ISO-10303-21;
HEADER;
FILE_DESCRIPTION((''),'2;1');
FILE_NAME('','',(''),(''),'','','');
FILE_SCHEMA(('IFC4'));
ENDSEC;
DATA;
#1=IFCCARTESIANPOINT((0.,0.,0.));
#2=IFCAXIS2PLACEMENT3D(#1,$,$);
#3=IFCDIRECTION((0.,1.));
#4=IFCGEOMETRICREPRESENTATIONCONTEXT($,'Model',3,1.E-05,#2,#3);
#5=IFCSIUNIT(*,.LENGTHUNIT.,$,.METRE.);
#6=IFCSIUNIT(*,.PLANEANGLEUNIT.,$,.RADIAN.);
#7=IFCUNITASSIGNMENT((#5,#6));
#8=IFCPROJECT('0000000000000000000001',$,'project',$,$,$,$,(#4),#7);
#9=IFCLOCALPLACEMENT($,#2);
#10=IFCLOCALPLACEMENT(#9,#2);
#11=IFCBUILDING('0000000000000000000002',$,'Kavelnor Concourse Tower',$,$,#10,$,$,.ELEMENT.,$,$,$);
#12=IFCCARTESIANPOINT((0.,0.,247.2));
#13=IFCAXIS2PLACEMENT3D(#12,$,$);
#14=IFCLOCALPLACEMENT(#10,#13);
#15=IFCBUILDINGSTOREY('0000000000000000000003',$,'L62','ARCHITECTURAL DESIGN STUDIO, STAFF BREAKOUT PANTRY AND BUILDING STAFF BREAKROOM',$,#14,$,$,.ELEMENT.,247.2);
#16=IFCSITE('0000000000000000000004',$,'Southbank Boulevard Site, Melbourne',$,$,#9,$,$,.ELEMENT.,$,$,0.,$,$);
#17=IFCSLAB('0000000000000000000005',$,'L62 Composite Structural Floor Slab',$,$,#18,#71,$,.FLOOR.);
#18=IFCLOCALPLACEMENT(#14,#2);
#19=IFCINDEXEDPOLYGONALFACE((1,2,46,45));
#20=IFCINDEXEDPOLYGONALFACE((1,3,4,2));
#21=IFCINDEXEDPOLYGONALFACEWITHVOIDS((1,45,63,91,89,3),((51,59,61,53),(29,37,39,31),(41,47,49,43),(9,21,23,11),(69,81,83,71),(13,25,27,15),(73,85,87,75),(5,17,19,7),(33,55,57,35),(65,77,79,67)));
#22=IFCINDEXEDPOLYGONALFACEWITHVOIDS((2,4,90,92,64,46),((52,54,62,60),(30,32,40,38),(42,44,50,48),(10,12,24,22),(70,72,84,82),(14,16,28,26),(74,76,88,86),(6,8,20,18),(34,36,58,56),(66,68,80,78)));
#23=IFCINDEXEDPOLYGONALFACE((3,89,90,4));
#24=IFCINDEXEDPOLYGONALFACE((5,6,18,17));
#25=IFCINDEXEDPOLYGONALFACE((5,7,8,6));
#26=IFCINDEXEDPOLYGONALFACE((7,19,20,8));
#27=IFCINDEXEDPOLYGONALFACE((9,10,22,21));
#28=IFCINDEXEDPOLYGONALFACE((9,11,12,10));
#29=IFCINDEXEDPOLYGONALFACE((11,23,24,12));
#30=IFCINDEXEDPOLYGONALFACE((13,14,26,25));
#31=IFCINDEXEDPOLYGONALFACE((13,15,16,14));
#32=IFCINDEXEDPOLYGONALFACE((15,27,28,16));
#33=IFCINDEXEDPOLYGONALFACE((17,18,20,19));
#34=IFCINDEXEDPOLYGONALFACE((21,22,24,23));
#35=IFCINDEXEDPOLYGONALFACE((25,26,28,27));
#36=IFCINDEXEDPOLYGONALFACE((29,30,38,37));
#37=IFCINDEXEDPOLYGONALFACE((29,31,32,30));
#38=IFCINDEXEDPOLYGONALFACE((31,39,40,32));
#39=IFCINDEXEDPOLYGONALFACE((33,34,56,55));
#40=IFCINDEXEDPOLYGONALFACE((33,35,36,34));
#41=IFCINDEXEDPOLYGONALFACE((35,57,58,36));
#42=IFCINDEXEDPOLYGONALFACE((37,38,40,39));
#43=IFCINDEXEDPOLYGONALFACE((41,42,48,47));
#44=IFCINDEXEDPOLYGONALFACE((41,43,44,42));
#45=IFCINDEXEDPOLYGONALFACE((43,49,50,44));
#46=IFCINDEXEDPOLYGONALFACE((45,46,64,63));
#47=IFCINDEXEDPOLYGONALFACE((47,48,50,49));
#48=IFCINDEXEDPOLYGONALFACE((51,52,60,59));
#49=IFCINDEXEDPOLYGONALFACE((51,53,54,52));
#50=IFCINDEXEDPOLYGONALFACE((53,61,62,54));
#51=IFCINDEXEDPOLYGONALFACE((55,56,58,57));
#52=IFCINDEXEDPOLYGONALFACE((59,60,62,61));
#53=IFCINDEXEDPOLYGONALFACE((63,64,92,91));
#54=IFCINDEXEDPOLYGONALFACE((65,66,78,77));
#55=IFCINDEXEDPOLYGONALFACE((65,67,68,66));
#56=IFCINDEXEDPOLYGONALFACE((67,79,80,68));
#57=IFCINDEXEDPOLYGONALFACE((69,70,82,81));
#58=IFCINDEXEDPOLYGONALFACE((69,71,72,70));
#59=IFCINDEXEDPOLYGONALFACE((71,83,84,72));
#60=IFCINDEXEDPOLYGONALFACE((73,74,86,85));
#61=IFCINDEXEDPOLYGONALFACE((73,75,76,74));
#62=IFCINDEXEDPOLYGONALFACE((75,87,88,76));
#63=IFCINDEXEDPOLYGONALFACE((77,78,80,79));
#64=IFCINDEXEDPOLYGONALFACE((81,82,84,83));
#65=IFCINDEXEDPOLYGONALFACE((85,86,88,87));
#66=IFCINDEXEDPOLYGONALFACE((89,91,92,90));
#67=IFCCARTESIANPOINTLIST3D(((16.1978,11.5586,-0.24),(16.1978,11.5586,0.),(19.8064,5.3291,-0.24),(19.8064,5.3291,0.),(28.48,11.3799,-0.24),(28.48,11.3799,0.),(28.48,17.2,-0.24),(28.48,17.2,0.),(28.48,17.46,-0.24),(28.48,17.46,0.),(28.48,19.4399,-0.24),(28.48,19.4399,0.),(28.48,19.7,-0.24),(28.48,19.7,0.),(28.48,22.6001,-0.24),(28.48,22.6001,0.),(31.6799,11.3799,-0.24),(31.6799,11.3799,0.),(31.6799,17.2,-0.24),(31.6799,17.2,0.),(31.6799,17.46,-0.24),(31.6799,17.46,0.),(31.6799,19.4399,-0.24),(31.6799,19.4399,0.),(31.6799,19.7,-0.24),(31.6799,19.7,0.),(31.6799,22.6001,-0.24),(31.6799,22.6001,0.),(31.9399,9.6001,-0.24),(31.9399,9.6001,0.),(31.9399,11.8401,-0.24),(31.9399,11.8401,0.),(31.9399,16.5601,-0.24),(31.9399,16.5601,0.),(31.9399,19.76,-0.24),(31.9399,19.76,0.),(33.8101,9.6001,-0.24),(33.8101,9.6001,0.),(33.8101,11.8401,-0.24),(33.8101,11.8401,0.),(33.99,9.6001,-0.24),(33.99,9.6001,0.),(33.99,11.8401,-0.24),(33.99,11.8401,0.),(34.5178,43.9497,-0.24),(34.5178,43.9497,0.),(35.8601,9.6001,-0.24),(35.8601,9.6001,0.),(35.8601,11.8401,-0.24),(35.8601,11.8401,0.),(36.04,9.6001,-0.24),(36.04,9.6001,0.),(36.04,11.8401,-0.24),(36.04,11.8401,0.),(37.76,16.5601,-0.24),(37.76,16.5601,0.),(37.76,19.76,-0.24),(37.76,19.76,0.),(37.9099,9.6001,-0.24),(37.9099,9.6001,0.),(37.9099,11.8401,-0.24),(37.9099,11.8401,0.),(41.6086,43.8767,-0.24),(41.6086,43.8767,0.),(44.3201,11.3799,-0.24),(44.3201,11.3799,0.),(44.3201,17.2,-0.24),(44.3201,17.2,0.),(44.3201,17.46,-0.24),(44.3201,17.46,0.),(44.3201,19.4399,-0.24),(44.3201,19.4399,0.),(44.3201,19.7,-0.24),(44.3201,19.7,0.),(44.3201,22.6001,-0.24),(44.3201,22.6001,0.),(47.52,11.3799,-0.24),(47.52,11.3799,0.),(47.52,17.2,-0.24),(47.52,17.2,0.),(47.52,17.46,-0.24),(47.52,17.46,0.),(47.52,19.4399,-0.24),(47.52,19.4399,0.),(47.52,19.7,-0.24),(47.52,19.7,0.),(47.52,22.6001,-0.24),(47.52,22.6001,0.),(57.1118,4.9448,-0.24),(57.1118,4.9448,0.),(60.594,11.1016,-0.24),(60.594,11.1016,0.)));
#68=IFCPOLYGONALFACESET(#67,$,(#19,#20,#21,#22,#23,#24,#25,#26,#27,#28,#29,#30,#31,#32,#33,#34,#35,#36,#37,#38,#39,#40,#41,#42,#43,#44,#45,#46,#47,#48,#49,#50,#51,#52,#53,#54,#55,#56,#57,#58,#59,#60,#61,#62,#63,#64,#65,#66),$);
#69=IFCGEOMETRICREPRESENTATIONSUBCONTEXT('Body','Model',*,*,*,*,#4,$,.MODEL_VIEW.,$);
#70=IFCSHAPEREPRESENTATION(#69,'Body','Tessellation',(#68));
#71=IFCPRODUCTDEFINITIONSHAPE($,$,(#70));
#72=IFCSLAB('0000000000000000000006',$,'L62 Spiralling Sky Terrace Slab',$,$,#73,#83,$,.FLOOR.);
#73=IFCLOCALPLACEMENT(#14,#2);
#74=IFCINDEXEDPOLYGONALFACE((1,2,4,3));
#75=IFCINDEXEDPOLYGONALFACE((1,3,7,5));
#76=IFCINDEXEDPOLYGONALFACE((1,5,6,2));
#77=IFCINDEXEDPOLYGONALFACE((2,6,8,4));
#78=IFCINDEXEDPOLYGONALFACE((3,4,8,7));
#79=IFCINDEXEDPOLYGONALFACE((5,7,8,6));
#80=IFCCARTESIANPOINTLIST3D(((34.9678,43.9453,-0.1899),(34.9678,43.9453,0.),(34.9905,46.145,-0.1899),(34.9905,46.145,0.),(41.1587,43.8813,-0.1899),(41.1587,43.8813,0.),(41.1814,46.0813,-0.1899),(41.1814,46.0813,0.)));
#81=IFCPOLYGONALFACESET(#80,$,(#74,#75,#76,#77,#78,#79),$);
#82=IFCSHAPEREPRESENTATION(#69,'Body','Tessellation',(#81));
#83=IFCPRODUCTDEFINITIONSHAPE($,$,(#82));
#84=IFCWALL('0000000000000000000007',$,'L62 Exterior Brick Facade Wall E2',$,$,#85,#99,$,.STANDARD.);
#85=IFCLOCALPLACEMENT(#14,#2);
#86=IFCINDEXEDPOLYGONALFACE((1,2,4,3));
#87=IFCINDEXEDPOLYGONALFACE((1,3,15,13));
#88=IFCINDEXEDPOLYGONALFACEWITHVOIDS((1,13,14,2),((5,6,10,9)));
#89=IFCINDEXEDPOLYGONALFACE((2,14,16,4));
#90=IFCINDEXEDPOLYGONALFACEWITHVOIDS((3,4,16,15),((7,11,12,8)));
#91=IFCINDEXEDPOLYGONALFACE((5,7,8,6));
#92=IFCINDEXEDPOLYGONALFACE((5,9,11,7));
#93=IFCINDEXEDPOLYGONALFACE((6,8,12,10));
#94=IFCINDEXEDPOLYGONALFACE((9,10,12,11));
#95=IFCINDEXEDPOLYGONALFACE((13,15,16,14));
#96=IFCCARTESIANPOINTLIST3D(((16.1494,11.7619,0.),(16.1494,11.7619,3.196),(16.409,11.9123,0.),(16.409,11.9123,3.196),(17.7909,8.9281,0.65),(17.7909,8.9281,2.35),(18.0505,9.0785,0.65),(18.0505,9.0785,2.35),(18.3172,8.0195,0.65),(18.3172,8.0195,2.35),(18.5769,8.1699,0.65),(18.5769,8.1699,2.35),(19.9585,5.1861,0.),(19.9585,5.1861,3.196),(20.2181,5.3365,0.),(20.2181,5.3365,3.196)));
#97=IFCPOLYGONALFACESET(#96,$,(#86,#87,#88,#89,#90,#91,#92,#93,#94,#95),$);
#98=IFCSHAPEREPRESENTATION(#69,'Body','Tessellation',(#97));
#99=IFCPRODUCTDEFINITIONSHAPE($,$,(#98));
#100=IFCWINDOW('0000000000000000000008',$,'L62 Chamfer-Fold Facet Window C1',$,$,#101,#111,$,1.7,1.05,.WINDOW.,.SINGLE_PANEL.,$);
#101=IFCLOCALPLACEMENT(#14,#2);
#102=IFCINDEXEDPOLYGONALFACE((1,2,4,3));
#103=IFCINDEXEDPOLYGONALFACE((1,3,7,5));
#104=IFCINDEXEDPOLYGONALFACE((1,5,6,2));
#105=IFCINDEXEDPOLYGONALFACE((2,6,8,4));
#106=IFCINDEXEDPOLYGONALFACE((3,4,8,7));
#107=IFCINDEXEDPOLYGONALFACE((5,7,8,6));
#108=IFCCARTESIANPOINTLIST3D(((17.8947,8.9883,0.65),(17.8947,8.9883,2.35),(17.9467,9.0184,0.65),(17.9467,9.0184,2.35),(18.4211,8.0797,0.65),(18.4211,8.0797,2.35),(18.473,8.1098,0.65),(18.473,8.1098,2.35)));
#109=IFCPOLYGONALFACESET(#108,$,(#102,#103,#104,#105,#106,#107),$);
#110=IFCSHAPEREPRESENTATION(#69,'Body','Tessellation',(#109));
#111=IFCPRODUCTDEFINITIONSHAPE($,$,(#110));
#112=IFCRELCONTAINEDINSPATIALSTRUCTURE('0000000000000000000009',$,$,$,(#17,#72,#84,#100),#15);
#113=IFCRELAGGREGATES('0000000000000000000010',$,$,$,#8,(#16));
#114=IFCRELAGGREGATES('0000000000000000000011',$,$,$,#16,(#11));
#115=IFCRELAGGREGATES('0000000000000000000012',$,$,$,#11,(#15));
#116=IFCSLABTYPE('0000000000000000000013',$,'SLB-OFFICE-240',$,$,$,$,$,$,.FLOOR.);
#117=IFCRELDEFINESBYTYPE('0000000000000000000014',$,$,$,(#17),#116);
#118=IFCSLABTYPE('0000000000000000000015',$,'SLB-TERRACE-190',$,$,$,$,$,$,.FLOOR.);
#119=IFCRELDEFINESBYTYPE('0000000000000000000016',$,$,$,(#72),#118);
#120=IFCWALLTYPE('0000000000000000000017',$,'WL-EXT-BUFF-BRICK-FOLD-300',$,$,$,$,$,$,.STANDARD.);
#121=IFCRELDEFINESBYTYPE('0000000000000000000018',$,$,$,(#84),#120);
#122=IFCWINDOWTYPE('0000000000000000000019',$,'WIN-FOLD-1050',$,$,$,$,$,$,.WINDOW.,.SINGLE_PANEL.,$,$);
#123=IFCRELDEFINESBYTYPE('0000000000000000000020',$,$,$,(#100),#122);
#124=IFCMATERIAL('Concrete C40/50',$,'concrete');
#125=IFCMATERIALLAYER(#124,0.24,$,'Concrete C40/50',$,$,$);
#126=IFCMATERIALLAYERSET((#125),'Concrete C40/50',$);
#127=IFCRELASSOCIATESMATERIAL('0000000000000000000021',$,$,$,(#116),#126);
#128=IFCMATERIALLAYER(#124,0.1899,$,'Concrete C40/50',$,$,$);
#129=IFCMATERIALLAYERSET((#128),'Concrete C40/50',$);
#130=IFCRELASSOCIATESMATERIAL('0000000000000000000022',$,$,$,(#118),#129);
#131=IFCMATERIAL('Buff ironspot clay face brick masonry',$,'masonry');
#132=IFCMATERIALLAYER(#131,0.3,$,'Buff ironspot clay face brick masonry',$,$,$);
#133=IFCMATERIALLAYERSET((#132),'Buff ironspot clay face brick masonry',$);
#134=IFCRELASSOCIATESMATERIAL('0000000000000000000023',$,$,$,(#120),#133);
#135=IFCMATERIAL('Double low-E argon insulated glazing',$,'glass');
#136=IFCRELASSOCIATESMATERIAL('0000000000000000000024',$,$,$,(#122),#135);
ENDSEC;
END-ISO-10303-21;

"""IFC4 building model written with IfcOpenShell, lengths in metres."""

from ifc_helpers import new_model, si_unit, direction, frame, frame_2d, origin, place, context, subcontext, project, spatial, polyline, rectangle, outline, extrude, material, layer, layer_set, type_object, element, fill, save


model = new_model("IFC4")

# Units and contexts
model_context = context("Model", 3, precision=1e-05, world=origin(), true_north=direction((0.0, 1.0)))
body_context = subcontext(model_context, "Body", "Model", "MODEL_VIEW")
ifc_project = project(units=[si_unit("LENGTHUNIT", "METRE"), si_unit("PLANEANGLEUNIT", "RADIAN")], contexts=[model_context])

# Site, building, storey
site_placement = place(None, origin())
site = spatial("IfcSite", under=ifc_project, at=site_placement, Name="Southbank Boulevard Site, Melbourne", CompositionType="ELEMENT", RefElevation=0.0)
building_placement = place(site_placement, origin())
building = spatial("IfcBuilding", under=site, at=building_placement, Name="Kavelnor Concourse Tower", CompositionType="ELEMENT")
storey_placement = place(building_placement, frame((0.0, 0.0, 247.2)))
storey = spatial("IfcBuildingStorey", under=building, at=storey_placement, Name="L62", Description="ARCHITECTURAL DESIGN STUDIO, STAFF BREAKOUT PANTRY AND BUILDING STAFF BREAKROOM", CompositionType="ELEMENT", Elevation=247.2)

# Shared definitions
ifc_material_1 = material(Name="Concrete C40/50", Category="concrete")

# Slabs
ifc_layer_1 = layer(ifc_material_1, 0.24, Name="Concrete C40/50")
ifc_layer_set_1 = layer_set([ifc_layer_1], Name="Concrete C40/50")
slab_type_1 = type_object("IfcSlabType", Name="SLB-OFFICE-240", PredefinedType="FLOOR", material=ifc_layer_set_1)
slab_1_placement = place(storey_placement, frame((0.0, 0.0, -0.24)))
element("IfcSlab", 1, at=slab_1_placement, inside=storey, type_object=slab_type_1, Name="L62 Composite Structural Floor Slab", PredefinedType="FLOOR", context=body_context, shape_type="SweptSolid", body=[
    extrude(outline(polyline([(41.6086, 43.8767), (34.5178, 43.9497), (16.1978, 11.5586), (19.8064, 5.3291), (57.1118, 4.9448), (60.594, 11.1016), (41.6086, 43.8767)]), holes=[polyline([(28.48, 11.3799), (31.6799, 11.3799), (31.6799, 17.2), (28.48, 17.2), (28.48, 11.3799)]), polyline([(44.3201, 11.3799), (47.52, 11.3799), (47.52, 17.2), (44.3201, 17.2), (44.3201, 11.3799)]), polyline([(31.9399, 16.5601), (37.76, 16.5601), (37.76, 19.76), (31.9399, 19.76), (31.9399, 16.5601)]), polyline([(28.48, 19.7), (31.6799, 19.7), (31.6799, 22.6001), (28.48, 22.6001), (28.48, 19.7)]), polyline([(44.3201, 19.7), (47.52, 19.7), (47.52, 22.6001), (44.3201, 22.6001), (44.3201, 19.7)]), polyline([(31.9399, 9.6001), (33.8101, 9.6001), (33.8101, 11.8401), (31.9399, 11.8401), (31.9399, 9.6001)]), polyline([(33.99, 9.6001), (35.8601, 9.6001), (35.8601, 11.8401), (33.99, 11.8401), (33.99, 9.6001)]), polyline([(36.04, 9.6001), (37.9099, 9.6001), (37.9099, 11.8401), (36.04, 11.8401), (36.04, 9.6001)]), polyline([(28.48, 17.46), (31.6799, 17.46), (31.6799, 19.4399), (28.48, 19.4399), (28.48, 17.46)]), polyline([(44.3201, 17.46), (47.52, 17.46), (47.52, 19.4399), (44.3201, 19.4399), (44.3201, 17.46)])]), origin(), (0.0, 0.0, 1.0), 0.24),
])
ifc_layer_2 = layer(ifc_material_1, 0.1899, Name="Concrete C40/50")
ifc_layer_set_2 = layer_set([ifc_layer_2], Name="Concrete C40/50")
slab_type_2 = type_object("IfcSlabType", Name="SLB-TERRACE-190", PredefinedType="FLOOR", material=ifc_layer_set_2)
slab_2_placement = place(storey_placement, frame((0.0, 0.0, -0.1899)))
element("IfcSlab", 2, at=slab_2_placement, inside=storey, type_object=slab_type_2, Name="L62 Spiralling Sky Terrace Slab", PredefinedType="FLOOR", context=body_context, shape_type="SweptSolid", body=[
    extrude(outline(polyline([(34.9905, 46.145), (41.1814, 46.0813), (41.1587, 43.8813), (34.9678, 43.9453), (34.9905, 46.145)])), origin(), (0.0, 0.0, 1.0), 0.1899),
])

# Wall, opening, window
ifc_material_2 = material(Name="Buff ironspot clay face brick masonry", Category="masonry")
ifc_layer_3 = layer(ifc_material_2, 0.3, Name="Buff ironspot clay face brick masonry")
ifc_layer_set_3 = layer_set([ifc_layer_3], Name="Buff ironspot clay face brick masonry")
wall_type_1 = type_object("IfcWallType", Name="WL-EXT-BUFF-BRICK-FOLD-300", PredefinedType="STANDARD", material=ifc_layer_set_3)
wall_1_placement = place(storey_placement, frame((20.0884, 5.2612, 0.0), z_axis=(0.0, 0.0, 1.0), x_axis=(-0.501244, 0.865306, 0.0)))
wall_1 = element("IfcWall", 3, at=wall_1_placement, inside=storey, type_object=wall_type_1, Name="L62 Exterior Brick Facade Wall E2", PredefinedType="STANDARD", context=body_context, shape_type="SweptSolid", body=[
    extrude(rectangle(XDim=7.5994, YDim=0.3, at=frame_2d((3.7998, 0.0))), origin(), (0.0, 0.0, 1.0), 3.196),
])
opening_1_placement = place(wall_1_placement, frame((3.2747, 0.0, 0.6499)))
opening_1 = element("IfcOpeningElement", 4, at=opening_1_placement, cuts=wall_1, PredefinedType="OPENING", context=body_context, shape_type="SweptSolid", body=[
    extrude(rectangle(XDim=1.05, YDim=1.7, at=frame_2d((0.5249, 0.8501))), frame((0.0, 0.1602, 0.0), z_axis=(0.0, -1.0, 0.0), x_axis=(1.0, 0.0, 0.0)), (0.0, 0.0, 1.0), 0.3201),
])
ifc_material_3 = material(Name="Double low-E argon insulated glazing", Category="glass")
window_type_1 = type_object("IfcWindowType", Name="WIN-FOLD-1050", PartitioningType="SINGLE_PANEL", PredefinedType="WINDOW", material=ifc_material_3)
window_1_placement = place(opening_1_placement, origin())
window_1 = element("IfcWindow", 5, at=window_1_placement, inside=storey, type_object=window_type_1, Name="L62 Chamfer-Fold Facet Window C1", OverallHeight=1.7, OverallWidth=1.05, PartitioningType="SINGLE_PANEL", PredefinedType="WINDOW", context=body_context, shape_type="SweptSolid", body=[
    extrude(rectangle(XDim=1.05, YDim=1.7, at=frame_2d((0.5249, 0.8501))), frame((0.0, 0.03, 0.0), z_axis=(0.0, -1.0, 0.0), x_axis=(1.0, 0.0, 0.0)), (0.0, 0.0, 1.0), 0.0601),
])
fill(opening_1, window_1)

save(model, "model.ifc")
